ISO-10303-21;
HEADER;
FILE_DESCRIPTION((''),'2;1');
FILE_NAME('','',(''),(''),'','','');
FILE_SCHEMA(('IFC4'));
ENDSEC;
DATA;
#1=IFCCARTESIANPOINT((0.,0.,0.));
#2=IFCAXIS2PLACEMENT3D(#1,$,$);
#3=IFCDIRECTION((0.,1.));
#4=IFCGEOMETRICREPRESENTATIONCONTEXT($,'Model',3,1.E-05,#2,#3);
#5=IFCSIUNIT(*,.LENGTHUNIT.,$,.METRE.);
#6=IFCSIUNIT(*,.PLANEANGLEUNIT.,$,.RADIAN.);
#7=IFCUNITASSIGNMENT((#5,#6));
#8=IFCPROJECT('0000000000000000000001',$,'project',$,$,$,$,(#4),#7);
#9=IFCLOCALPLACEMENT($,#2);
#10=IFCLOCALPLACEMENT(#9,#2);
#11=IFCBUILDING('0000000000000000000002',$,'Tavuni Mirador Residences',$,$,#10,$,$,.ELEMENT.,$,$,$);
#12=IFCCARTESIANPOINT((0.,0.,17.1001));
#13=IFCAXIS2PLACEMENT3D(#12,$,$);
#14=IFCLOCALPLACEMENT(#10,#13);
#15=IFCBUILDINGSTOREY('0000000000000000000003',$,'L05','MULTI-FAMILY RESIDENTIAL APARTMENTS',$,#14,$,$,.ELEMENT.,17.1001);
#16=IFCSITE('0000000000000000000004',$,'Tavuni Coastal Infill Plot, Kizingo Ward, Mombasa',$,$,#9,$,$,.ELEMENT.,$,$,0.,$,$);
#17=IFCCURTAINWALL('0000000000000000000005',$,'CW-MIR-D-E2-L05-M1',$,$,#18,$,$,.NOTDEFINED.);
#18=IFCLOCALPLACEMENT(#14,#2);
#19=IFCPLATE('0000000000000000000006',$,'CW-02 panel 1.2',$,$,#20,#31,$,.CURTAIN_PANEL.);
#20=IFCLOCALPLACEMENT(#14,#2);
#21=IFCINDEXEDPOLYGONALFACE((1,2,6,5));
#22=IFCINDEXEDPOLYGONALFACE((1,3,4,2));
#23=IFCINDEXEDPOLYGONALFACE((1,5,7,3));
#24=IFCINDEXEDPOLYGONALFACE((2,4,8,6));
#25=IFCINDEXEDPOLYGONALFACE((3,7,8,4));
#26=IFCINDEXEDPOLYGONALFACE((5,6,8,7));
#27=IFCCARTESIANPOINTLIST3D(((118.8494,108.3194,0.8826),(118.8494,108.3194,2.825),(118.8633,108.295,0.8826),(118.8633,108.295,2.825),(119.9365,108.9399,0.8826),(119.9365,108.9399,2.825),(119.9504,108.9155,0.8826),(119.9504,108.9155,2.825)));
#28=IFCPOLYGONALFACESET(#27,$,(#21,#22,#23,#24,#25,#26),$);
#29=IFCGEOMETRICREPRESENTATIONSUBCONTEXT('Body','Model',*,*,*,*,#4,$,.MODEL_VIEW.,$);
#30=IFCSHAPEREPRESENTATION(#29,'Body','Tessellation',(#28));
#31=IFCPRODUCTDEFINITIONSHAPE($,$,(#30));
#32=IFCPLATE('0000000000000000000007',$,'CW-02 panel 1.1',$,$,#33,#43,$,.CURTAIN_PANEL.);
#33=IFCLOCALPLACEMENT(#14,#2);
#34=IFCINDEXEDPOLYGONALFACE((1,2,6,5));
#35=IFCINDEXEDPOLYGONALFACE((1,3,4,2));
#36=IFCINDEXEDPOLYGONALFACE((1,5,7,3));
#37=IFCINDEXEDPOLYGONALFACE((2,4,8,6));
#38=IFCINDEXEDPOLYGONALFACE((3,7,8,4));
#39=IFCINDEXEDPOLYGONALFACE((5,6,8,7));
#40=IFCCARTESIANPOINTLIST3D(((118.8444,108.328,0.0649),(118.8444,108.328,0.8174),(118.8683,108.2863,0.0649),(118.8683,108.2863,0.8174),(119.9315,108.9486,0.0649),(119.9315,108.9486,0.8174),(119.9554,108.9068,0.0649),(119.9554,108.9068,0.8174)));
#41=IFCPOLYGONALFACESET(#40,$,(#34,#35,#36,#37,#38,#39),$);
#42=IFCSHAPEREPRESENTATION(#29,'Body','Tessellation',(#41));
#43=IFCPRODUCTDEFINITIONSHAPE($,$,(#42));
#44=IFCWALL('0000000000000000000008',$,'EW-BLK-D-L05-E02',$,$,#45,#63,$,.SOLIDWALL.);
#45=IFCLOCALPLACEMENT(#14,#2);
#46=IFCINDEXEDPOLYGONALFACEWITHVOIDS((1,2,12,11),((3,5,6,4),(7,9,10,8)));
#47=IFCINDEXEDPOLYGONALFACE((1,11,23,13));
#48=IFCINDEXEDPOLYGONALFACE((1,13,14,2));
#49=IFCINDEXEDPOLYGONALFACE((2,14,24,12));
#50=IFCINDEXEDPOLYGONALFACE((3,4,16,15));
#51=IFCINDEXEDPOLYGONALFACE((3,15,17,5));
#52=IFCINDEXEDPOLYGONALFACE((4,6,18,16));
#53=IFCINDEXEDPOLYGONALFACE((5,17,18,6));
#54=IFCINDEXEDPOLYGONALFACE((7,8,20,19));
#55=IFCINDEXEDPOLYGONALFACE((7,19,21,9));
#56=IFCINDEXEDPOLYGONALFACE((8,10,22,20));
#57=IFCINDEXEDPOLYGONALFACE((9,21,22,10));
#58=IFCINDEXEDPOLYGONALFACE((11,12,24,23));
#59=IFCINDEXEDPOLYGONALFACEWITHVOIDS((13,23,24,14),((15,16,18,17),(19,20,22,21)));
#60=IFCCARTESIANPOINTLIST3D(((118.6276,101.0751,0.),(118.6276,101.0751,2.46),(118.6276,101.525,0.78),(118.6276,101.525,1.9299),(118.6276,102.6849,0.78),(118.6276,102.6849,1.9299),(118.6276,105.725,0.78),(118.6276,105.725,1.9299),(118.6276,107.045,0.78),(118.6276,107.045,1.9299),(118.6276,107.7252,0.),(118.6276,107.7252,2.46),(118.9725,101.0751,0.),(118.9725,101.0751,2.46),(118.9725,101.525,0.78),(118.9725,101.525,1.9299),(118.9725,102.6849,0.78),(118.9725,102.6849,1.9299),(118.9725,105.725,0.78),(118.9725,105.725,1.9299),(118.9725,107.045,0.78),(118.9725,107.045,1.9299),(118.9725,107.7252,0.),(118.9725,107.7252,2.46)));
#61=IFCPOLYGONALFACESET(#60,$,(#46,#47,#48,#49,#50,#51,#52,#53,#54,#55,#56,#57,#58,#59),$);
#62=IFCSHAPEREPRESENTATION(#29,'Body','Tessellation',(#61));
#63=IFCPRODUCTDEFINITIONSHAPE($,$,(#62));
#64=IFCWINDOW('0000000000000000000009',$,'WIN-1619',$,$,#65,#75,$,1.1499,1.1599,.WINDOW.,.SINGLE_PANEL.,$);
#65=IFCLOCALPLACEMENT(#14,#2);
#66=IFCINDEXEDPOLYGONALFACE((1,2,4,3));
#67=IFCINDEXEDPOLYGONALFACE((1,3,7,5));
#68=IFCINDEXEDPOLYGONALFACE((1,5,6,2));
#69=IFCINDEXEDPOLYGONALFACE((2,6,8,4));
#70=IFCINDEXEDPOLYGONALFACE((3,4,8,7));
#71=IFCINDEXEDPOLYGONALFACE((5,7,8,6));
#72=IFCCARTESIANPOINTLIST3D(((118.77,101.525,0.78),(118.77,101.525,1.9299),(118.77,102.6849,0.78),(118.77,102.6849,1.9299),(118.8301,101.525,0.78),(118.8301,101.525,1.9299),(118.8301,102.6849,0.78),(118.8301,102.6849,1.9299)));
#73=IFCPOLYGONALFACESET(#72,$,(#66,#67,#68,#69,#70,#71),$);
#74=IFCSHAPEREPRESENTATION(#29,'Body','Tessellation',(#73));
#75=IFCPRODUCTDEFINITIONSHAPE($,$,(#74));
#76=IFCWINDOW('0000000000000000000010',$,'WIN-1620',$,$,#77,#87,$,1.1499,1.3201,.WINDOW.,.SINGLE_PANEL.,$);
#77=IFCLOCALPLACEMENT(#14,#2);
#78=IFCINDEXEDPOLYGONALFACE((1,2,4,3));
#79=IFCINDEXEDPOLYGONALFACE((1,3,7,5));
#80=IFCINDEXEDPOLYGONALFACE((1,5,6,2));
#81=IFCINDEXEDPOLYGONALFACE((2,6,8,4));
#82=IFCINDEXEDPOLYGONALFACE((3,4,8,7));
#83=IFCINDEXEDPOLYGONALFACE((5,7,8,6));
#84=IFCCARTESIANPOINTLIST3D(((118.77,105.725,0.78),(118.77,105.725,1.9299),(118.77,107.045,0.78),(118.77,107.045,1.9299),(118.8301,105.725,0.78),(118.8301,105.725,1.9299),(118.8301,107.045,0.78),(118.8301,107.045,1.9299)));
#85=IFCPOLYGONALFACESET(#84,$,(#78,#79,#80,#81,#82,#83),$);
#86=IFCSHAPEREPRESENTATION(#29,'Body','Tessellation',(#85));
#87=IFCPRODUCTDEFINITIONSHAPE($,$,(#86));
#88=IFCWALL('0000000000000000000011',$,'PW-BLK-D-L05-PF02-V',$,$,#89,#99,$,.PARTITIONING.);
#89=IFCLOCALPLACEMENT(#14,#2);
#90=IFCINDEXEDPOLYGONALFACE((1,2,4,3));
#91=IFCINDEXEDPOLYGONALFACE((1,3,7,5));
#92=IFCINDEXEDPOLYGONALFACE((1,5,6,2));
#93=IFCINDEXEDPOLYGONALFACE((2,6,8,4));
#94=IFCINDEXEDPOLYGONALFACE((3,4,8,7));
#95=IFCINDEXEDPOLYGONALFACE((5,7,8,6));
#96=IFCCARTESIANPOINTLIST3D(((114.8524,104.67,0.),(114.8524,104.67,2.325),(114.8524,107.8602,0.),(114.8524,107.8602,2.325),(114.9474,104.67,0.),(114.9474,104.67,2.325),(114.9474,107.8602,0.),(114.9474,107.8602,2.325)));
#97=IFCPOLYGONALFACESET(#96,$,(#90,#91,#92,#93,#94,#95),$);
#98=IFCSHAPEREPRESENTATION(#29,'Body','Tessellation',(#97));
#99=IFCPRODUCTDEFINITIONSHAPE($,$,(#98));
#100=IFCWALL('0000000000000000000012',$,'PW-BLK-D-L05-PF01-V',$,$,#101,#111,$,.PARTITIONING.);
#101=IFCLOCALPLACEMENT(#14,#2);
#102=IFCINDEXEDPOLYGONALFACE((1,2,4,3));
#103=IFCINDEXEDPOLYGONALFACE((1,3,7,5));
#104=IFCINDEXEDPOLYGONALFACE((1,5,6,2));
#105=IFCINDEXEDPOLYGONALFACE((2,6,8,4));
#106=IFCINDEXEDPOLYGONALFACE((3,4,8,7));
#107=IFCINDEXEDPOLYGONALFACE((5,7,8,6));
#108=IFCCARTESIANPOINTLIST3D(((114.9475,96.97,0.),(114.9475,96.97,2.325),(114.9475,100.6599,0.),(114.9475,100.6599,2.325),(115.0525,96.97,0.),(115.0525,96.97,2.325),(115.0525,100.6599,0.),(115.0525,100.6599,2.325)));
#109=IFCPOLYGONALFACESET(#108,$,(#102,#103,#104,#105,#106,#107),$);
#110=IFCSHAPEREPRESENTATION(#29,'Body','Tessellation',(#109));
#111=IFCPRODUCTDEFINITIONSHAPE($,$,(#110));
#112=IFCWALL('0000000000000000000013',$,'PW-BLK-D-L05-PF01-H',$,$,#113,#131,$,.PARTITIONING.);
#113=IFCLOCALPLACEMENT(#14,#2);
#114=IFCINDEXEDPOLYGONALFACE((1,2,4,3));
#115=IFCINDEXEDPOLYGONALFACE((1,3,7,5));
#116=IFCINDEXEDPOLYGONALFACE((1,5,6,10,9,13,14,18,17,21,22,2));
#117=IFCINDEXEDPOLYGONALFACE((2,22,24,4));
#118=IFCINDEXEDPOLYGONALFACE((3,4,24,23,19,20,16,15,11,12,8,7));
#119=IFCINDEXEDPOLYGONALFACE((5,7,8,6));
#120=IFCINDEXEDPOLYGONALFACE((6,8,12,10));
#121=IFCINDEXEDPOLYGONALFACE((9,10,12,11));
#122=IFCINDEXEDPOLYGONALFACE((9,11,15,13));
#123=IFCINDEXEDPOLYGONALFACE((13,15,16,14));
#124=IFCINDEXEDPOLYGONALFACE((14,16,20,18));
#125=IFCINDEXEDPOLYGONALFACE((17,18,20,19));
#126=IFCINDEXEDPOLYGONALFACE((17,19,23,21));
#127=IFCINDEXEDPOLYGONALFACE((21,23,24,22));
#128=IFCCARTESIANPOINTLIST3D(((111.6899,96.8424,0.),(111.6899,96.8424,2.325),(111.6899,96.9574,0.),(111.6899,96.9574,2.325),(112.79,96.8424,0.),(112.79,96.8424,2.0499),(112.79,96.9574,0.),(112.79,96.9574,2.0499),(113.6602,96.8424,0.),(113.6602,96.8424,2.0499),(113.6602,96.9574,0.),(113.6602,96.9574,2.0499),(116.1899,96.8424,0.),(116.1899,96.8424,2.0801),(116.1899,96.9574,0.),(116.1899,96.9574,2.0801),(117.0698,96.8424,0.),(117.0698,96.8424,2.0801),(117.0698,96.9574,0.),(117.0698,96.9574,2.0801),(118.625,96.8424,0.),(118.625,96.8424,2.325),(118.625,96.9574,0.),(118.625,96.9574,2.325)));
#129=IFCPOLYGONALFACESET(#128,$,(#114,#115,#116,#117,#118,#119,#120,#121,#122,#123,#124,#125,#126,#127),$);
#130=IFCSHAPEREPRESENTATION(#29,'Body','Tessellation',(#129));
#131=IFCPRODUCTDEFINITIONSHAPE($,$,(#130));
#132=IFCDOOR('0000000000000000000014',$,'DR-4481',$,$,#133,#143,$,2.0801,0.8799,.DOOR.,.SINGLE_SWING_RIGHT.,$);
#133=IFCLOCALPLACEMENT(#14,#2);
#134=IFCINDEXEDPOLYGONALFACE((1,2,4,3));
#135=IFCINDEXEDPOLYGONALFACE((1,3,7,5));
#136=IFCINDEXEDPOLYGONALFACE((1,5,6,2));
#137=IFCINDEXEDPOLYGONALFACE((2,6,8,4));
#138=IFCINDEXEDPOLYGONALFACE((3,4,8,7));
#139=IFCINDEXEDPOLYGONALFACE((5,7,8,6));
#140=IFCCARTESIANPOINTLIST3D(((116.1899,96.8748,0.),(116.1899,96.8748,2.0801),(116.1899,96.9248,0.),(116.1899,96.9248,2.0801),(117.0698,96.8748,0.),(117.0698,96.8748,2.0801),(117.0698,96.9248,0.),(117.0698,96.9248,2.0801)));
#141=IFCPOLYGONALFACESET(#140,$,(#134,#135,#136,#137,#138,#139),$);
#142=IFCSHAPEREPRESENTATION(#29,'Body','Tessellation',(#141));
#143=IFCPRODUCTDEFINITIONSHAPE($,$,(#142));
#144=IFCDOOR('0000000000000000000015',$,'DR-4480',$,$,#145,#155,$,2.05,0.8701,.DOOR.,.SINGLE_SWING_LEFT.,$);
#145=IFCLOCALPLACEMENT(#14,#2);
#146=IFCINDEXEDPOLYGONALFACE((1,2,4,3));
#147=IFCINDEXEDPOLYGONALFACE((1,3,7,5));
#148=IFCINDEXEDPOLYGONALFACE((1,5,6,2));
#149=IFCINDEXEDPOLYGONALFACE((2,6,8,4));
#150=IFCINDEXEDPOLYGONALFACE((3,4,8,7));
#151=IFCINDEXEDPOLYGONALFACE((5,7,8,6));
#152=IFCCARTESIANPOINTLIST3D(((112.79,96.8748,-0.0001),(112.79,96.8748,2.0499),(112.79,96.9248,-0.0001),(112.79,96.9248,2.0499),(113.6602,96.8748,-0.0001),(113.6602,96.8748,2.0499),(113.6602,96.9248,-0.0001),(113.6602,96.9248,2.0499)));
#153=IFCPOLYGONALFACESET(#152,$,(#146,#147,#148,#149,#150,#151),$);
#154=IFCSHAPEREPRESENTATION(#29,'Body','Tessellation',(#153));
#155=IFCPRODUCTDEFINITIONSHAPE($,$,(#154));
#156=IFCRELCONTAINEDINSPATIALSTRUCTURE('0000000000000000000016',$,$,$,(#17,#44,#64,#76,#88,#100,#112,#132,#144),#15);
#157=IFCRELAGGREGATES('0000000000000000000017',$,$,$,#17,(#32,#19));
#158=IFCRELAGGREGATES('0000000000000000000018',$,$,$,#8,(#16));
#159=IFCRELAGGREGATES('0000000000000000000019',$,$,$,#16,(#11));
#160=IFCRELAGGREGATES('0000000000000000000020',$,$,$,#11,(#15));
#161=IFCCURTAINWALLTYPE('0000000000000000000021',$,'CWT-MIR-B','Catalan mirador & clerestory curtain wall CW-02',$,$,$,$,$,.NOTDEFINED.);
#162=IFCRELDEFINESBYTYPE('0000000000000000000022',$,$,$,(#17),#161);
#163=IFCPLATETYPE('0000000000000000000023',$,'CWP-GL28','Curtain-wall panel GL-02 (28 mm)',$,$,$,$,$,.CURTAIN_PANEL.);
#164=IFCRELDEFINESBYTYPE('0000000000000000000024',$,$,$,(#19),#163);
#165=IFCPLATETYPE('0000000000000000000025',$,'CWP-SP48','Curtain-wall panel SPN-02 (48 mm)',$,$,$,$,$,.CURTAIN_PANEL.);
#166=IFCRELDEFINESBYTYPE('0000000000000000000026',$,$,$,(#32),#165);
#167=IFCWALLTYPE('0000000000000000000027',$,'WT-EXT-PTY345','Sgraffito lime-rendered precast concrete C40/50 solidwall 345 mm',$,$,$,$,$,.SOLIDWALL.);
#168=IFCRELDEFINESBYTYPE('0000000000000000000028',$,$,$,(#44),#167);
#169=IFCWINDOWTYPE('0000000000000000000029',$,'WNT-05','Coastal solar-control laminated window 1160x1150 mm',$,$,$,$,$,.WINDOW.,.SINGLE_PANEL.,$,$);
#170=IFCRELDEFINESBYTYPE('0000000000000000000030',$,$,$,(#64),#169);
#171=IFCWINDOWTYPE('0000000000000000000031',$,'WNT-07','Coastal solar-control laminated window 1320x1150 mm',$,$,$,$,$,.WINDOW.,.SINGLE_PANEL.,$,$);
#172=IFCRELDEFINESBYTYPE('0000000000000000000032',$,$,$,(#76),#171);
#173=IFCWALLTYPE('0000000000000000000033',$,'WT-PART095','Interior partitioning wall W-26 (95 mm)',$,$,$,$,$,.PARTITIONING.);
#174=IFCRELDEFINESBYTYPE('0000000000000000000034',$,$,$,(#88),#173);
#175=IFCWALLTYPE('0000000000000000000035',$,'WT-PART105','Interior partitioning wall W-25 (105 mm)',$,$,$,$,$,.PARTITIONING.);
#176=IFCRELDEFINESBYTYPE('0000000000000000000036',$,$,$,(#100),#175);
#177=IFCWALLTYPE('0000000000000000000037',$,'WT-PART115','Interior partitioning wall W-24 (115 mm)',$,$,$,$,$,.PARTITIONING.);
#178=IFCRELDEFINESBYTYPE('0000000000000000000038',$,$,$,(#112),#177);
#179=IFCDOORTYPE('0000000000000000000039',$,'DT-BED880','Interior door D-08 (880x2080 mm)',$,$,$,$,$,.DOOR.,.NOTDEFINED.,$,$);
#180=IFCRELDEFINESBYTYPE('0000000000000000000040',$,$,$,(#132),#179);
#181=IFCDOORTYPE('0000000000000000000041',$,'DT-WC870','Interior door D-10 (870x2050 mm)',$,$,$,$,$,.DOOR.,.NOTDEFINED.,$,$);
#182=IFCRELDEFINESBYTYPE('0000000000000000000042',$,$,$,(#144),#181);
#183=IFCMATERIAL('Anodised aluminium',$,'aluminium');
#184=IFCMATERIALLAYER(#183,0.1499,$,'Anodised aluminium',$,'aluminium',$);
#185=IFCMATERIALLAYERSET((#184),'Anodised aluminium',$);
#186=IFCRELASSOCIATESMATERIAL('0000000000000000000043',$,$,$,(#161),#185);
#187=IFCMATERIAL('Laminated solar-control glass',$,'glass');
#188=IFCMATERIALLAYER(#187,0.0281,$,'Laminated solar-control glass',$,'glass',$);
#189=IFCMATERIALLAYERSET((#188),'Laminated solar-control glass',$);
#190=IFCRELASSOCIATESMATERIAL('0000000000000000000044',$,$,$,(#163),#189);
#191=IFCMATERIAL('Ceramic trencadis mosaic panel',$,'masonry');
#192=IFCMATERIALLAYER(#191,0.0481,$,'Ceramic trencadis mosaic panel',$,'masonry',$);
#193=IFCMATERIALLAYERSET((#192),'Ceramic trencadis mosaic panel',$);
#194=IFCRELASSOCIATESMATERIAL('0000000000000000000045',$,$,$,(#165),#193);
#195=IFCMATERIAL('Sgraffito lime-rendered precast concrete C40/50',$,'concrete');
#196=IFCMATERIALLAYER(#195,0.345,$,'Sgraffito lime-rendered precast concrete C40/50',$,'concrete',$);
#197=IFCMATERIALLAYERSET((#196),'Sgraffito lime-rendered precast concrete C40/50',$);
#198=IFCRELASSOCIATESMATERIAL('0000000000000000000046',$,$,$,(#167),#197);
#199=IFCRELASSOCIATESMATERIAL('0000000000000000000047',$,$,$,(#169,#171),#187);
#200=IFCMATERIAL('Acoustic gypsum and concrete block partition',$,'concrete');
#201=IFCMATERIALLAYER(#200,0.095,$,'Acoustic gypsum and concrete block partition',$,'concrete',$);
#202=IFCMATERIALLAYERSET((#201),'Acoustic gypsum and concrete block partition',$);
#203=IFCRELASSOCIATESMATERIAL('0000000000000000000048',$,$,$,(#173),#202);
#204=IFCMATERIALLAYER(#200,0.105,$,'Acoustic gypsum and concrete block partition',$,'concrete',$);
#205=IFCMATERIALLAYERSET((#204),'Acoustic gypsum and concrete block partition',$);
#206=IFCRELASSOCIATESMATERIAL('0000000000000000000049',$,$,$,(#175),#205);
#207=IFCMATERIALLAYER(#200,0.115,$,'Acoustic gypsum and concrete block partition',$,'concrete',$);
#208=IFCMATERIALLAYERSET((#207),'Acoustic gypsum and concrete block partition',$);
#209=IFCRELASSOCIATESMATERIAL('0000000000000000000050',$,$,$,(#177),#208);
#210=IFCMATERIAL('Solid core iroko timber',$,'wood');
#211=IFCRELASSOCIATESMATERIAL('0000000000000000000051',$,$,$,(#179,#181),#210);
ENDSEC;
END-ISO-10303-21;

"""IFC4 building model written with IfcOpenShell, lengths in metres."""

from ifc_helpers import new_model, si_unit, direction, frame, frame_2d, origin, origin_2d, place, context, subcontext, project, spatial, rectangle, extrude, material, layer, layer_set, type_object, element, fill, aggregate, save


model = new_model("IFC4")

# Units and contexts
model_context = context("Model", 3, precision=1e-05, world=origin(), true_north=direction((0.0, 1.0)))
body_context = subcontext(model_context, "Body", "Model", "MODEL_VIEW")
ifc_project = project(units=[si_unit("LENGTHUNIT", "METRE"), si_unit("PLANEANGLEUNIT", "RADIAN")], contexts=[model_context])

# Site, building, storey
site_placement = place(None, origin())
site = spatial("IfcSite", under=ifc_project, at=site_placement, Name="Tavuni Coastal Infill Plot, Kizingo Ward, Mombasa", CompositionType="ELEMENT", RefElevation=0.0)
building_placement = place(site_placement, origin())
building = spatial("IfcBuilding", under=site, at=building_placement, Name="Tavuni Mirador Residences", CompositionType="ELEMENT")
storey_placement = place(building_placement, frame((0.0, 0.0, 17.1001)))
storey = spatial("IfcBuildingStorey", under=building, at=storey_placement, Name="L05", Description="MULTI-FAMILY RESIDENTIAL APARTMENTS", CompositionType="ELEMENT", Elevation=17.1001)

# Curtain wall
ifc_material_1 = material(Name="Anodised aluminium", Category="aluminium")
ifc_layer_1 = layer(ifc_material_1, 0.1499, Name="Anodised aluminium", Category="aluminium")
ifc_layer_set_1 = layer_set([ifc_layer_1], Name="Anodised aluminium")
curtain_wall_type = type_object("IfcCurtainWallType", Name="CWT-MIR-B", Description="Catalan mirador & clerestory curtain wall CW-02", PredefinedType="NOTDEFINED", material=ifc_layer_set_1)
curtain_wall_placement = place(storey_placement, origin())
curtain_wall = element("IfcCurtainWall", 1, at=curtain_wall_placement, inside=storey, type_object=curtain_wall_type, Name="CW-MIR-D-E2-L05-M1", PredefinedType="NOTDEFINED")

# Plates
ifc_material_2 = material(Name="Laminated solar-control glass", Category="glass")
ifc_layer_2 = layer(ifc_material_2, 0.0281, Name="Laminated solar-control glass", Category="glass")
ifc_layer_set_2 = layer_set([ifc_layer_2], Name="Laminated solar-control glass")
plate_type_1 = type_object("IfcPlateType", Name="CWP-GL28", Description="Curtain-wall panel GL-02 (28 mm)", PredefinedType="CURTAIN_PANEL", material=ifc_layer_set_2)
plate_1_placement = place(storey_placement, frame((119.3999, 108.6174, 0.8826), z_axis=(0.0, 0.0, 1.0), x_axis=(0.868466, 0.495749, 0.0)))
plate_1 = element("IfcPlate", 2, at=plate_1_placement, type_object=plate_type_1, Name="CW-02 panel 1.2", PredefinedType="CURTAIN_PANEL", context=body_context, shape_type="SweptSolid", body=[
    extrude(rectangle(XDim=1.2517, YDim=0.0281, at=origin_2d()), origin(), (0.0, 0.0, 1.0), 1.9424),
])
ifc_material_3 = material(Name="Ceramic trencadis mosaic panel", Category="masonry")
ifc_layer_3 = layer(ifc_material_3, 0.0481, Name="Ceramic trencadis mosaic panel", Category="masonry")
ifc_layer_set_3 = layer_set([ifc_layer_3], Name="Ceramic trencadis mosaic panel")
plate_type_2 = type_object("IfcPlateType", Name="CWP-SP48", Description="Curtain-wall panel SPN-02 (48 mm)", PredefinedType="CURTAIN_PANEL", material=ifc_layer_set_3)
plate_2_placement = place(storey_placement, frame((119.3999, 108.6174, 0.0649), z_axis=(0.0, 0.0, 1.0), x_axis=(0.868466, 0.495749, 0.0)))
plate_2 = element("IfcPlate", 3, at=plate_2_placement, type_object=plate_type_2, Name="CW-02 panel 1.1", PredefinedType="CURTAIN_PANEL", context=body_context, shape_type="SweptSolid", body=[
    extrude(rectangle(XDim=1.2517, YDim=0.0481, at=origin_2d()), origin(), (0.0, 0.0, 1.0), 0.7524),
])
aggregate(curtain_wall, [plate_2, plate_1])

# Wall, openings, windows
ifc_material_4 = material(Name="Sgraffito lime-rendered precast concrete C40/50", Category="concrete")
ifc_layer_4 = layer(ifc_material_4, 0.345, Name="Sgraffito lime-rendered precast concrete C40/50", Category="concrete")
ifc_layer_set_4 = layer_set([ifc_layer_4], Name="Sgraffito lime-rendered precast concrete C40/50")
wall_type_1 = type_object("IfcWallType", Name="WT-EXT-PTY345", Description="Sgraffito lime-rendered precast concrete C40/50 solidwall 345 mm", PredefinedType="SOLIDWALL", material=ifc_layer_set_4)
wall_1_placement = place(storey_placement, frame((118.8, 101.075, 0.0), z_axis=(0.0, 0.0, 1.0), x_axis=(0.0, 1.0, 0.0)))
wall_1 = element("IfcWall", 4, at=wall_1_placement, inside=storey, type_object=wall_type_1, Name="EW-BLK-D-L05-E02", PredefinedType="SOLIDWALL", context=body_context, shape_type="SweptSolid", body=[
    extrude(rectangle(XDim=6.6501, YDim=0.345, at=frame_2d((3.3252, 0.0))), origin(), (0.0, 0.0, 1.0), 2.46),
])
opening_1_placement = place(wall_1_placement, frame((0.45, 0.0, 0.78)))
opening_1 = element("IfcOpeningElement", 5, at=opening_1_placement, cuts=wall_1, PredefinedType="OPENING", context=body_context, shape_type="SweptSolid", body=[
    extrude(rectangle(XDim=1.1599, YDim=1.1499, at=frame_2d((0.5801, 0.575))), frame((0.0, 0.1826, 0.0), z_axis=(0.0, -1.0, 0.0), x_axis=(1.0, 0.0, 0.0)), (0.0, 0.0, 1.0), 0.365),
])
opening_2_placement = place(wall_1_placement, frame((4.6499, 0.0, 0.78)))
opening_2 = element("IfcOpeningElement", 6, at=opening_2_placement, cuts=wall_1, PredefinedType="OPENING", context=body_context, shape_type="SweptSolid", body=[
    extrude(rectangle(XDim=1.3201, YDim=1.1499, at=frame_2d((0.6602, 0.575))), frame((0.0, 0.1826, 0.0), z_axis=(0.0, -1.0, 0.0), x_axis=(1.0, 0.0, 0.0)), (0.0, 0.0, 1.0), 0.365),
])
window_type_1 = type_object("IfcWindowType", Name="WNT-05", Description="Coastal solar-control laminated window 1160x1150 mm", PartitioningType="SINGLE_PANEL", PredefinedType="WINDOW", material=ifc_material_2)
window_1_placement = place(opening_1_placement, origin())
window_1 = element("IfcWindow", 7, at=window_1_placement, inside=storey, type_object=window_type_1, Name="WIN-1619", OverallHeight=1.1499, OverallWidth=1.1599, PartitioningType="SINGLE_PANEL", PredefinedType="WINDOW", context=body_context, shape_type="SweptSolid", body=[
    extrude(rectangle(XDim=1.1599, YDim=1.1499, at=frame_2d((0.5801, 0.575))), frame((0.0, 0.03, 0.0), z_axis=(0.0, -1.0, 0.0), x_axis=(1.0, 0.0, 0.0)), (0.0, 0.0, 1.0), 0.0601),
])
fill(opening_1, window_1)
window_type_2 = type_object("IfcWindowType", Name="WNT-07", Description="Coastal solar-control laminated window 1320x1150 mm", PartitioningType="SINGLE_PANEL", PredefinedType="WINDOW", material=ifc_material_2)
window_2_placement = place(opening_2_placement, origin())
window_2 = element("IfcWindow", 8, at=window_2_placement, inside=storey, type_object=window_type_2, Name="WIN-1620", OverallHeight=1.1499, OverallWidth=1.3201, PartitioningType="SINGLE_PANEL", PredefinedType="WINDOW", context=body_context, shape_type="SweptSolid", body=[
    extrude(rectangle(XDim=1.3201, YDim=1.1499, at=frame_2d((0.6602, 0.575))), frame((0.0, 0.03, 0.0), z_axis=(0.0, -1.0, 0.0), x_axis=(1.0, 0.0, 0.0)), (0.0, 0.0, 1.0), 0.0601),
])
fill(opening_2, window_2)

# Walls
ifc_material_5 = material(Name="Acoustic gypsum and concrete block partition", Category="concrete")
ifc_layer_5 = layer(ifc_material_5, 0.095, Name="Acoustic gypsum and concrete block partition", Category="concrete")
ifc_layer_set_5 = layer_set([ifc_layer_5], Name="Acoustic gypsum and concrete block partition")
wall_type_2 = type_object("IfcWallType", Name="WT-PART095", Description="Interior partitioning wall W-26 (95 mm)", PredefinedType="PARTITIONING", material=ifc_layer_set_5)
wall_2_placement = place(storey_placement, frame((114.8999, 104.6699, 0.0), z_axis=(0.0, 0.0, 1.0), x_axis=(0.0, 1.0, 0.0)))
element("IfcWall", 9, at=wall_2_placement, inside=storey, type_object=wall_type_2, Name="PW-BLK-D-L05-PF02-V", PredefinedType="PARTITIONING", context=body_context, shape_type="SweptSolid", body=[
    extrude(rectangle(XDim=3.1902, YDim=0.095, at=frame_2d((1.5952, 0.0))), origin(), (0.0, 0.0, 1.0), 2.325),
])
ifc_layer_6 = layer(ifc_material_5, 0.105, Name="Acoustic gypsum and concrete block partition", Category="concrete")
ifc_layer_set_6 = layer_set([ifc_layer_6], Name="Acoustic gypsum and concrete block partition")
wall_type_3 = type_object("IfcWallType", Name="WT-PART105", Description="Interior partitioning wall W-25 (105 mm)", PredefinedType="PARTITIONING", material=ifc_layer_set_6)
wall_3_placement = place(storey_placement, frame((115.0, 96.97, 0.0), z_axis=(0.0, 0.0, 1.0), x_axis=(0.0, 1.0, 0.0)))
element("IfcWall", 10, at=wall_3_placement, inside=storey, type_object=wall_type_3, Name="PW-BLK-D-L05-PF01-V", PredefinedType="PARTITIONING", context=body_context, shape_type="SweptSolid", body=[
    extrude(rectangle(XDim=3.6899, YDim=0.105, at=frame_2d((1.845, 0.0))), origin(), (0.0, 0.0, 1.0), 2.325),
])

# Wall, openings, doors
ifc_layer_7 = layer(ifc_material_5, 0.115, Name="Acoustic gypsum and concrete block partition", Category="concrete")
ifc_layer_set_7 = layer_set([ifc_layer_7], Name="Acoustic gypsum and concrete block partition")
wall_type_4 = type_object("IfcWallType", Name="WT-PART115", Description="Interior partitioning wall W-24 (115 mm)", PredefinedType="PARTITIONING", material=ifc_layer_set_7)
wall_4_placement = place(storey_placement, frame((111.6899, 96.8999, 0.0), z_axis=(0.0, 0.0, 1.0), x_axis=(1.0, 0.0, 0.0)))
wall_4 = element("IfcWall", 11, at=wall_4_placement, inside=storey, type_object=wall_type_4, Name="PW-BLK-D-L05-PF01-H", PredefinedType="PARTITIONING", context=body_context, shape_type="SweptSolid", body=[
    extrude(rectangle(XDim=6.9351, YDim=0.115, at=frame_2d((3.4675, 0.0))), origin(), (0.0, 0.0, 1.0), 2.325),
])
opening_3_placement = place(wall_4_placement, frame((1.1001, 0.0, 0.0)))
opening_3 = element("IfcOpeningElement", 12, at=opening_3_placement, cuts=wall_4, PredefinedType="OPENING", context=body_context, shape_type="SweptSolid", body=[
    extrude(rectangle(XDim=0.8701, YDim=2.05, at=frame_2d((0.4351, 1.0249))), frame((0.0, 0.0674, 0.0), z_axis=(0.0, -1.0, 0.0), x_axis=(1.0, 0.0, 0.0)), (0.0, 0.0, 1.0), 0.135),
])
opening_4_placement = place(wall_4_placement, frame((4.5, 0.0, 0.0)))
opening_4 = element("IfcOpeningElement", 13, at=opening_4_placement, cuts=wall_4, PredefinedType="OPENING", context=body_context, shape_type="SweptSolid", body=[
    extrude(rectangle(XDim=0.8799, YDim=2.0801, at=frame_2d((0.4399, 1.04))), frame((0.0, 0.0674, 0.0), z_axis=(0.0, -1.0, 0.0), x_axis=(1.0, 0.0, 0.0)), (0.0, 0.0, 1.0), 0.135),
])
ifc_material_6 = material(Name="Solid core iroko timber", Category="wood")
door_type_1 = type_object("IfcDoorType", Name="DT-BED880", Description="Interior door D-08 (880x2080 mm)", OperationType="NOTDEFINED", PredefinedType="DOOR", material=ifc_material_6)
door_1_placement = place(opening_4_placement, origin())
door_1 = element("IfcDoor", 14, at=door_1_placement, inside=storey, type_object=door_type_1, Name="DR-4481", OperationType="SINGLE_SWING_RIGHT", OverallHeight=2.0801, OverallWidth=0.8799, PredefinedType="DOOR", context=body_context, shape_type="SweptSolid", body=[
    extrude(rectangle(XDim=0.8799, YDim=2.0801, at=frame_2d((0.4399, 1.04))), frame((0.0, 0.0249, 0.0), z_axis=(0.0, -1.0, 0.0), x_axis=(1.0, 0.0, 0.0)), (0.0, 0.0, 1.0), 0.05),
])
fill(opening_4, door_1)
door_type_2 = type_object("IfcDoorType", Name="DT-WC870", Description="Interior door D-10 (870x2050 mm)", OperationType="NOTDEFINED", PredefinedType="DOOR", material=ifc_material_6)
door_2_placement = place(opening_3_placement, origin())
door_2 = element("IfcDoor", 15, at=door_2_placement, inside=storey, type_object=door_type_2, Name="DR-4480", OperationType="SINGLE_SWING_LEFT", OverallHeight=2.05, OverallWidth=0.8701, PredefinedType="DOOR", context=body_context, shape_type="SweptSolid", body=[
    extrude(rectangle(XDim=0.8701, YDim=2.05, at=frame_2d((0.4351, 1.0249))), frame((0.0, 0.0249, 0.0), z_axis=(0.0, -1.0, 0.0), x_axis=(1.0, 0.0, 0.0)), (0.0, 0.0, 1.0), 0.05),
])
fill(opening_3, door_2)

save(model, "model.ifc")
